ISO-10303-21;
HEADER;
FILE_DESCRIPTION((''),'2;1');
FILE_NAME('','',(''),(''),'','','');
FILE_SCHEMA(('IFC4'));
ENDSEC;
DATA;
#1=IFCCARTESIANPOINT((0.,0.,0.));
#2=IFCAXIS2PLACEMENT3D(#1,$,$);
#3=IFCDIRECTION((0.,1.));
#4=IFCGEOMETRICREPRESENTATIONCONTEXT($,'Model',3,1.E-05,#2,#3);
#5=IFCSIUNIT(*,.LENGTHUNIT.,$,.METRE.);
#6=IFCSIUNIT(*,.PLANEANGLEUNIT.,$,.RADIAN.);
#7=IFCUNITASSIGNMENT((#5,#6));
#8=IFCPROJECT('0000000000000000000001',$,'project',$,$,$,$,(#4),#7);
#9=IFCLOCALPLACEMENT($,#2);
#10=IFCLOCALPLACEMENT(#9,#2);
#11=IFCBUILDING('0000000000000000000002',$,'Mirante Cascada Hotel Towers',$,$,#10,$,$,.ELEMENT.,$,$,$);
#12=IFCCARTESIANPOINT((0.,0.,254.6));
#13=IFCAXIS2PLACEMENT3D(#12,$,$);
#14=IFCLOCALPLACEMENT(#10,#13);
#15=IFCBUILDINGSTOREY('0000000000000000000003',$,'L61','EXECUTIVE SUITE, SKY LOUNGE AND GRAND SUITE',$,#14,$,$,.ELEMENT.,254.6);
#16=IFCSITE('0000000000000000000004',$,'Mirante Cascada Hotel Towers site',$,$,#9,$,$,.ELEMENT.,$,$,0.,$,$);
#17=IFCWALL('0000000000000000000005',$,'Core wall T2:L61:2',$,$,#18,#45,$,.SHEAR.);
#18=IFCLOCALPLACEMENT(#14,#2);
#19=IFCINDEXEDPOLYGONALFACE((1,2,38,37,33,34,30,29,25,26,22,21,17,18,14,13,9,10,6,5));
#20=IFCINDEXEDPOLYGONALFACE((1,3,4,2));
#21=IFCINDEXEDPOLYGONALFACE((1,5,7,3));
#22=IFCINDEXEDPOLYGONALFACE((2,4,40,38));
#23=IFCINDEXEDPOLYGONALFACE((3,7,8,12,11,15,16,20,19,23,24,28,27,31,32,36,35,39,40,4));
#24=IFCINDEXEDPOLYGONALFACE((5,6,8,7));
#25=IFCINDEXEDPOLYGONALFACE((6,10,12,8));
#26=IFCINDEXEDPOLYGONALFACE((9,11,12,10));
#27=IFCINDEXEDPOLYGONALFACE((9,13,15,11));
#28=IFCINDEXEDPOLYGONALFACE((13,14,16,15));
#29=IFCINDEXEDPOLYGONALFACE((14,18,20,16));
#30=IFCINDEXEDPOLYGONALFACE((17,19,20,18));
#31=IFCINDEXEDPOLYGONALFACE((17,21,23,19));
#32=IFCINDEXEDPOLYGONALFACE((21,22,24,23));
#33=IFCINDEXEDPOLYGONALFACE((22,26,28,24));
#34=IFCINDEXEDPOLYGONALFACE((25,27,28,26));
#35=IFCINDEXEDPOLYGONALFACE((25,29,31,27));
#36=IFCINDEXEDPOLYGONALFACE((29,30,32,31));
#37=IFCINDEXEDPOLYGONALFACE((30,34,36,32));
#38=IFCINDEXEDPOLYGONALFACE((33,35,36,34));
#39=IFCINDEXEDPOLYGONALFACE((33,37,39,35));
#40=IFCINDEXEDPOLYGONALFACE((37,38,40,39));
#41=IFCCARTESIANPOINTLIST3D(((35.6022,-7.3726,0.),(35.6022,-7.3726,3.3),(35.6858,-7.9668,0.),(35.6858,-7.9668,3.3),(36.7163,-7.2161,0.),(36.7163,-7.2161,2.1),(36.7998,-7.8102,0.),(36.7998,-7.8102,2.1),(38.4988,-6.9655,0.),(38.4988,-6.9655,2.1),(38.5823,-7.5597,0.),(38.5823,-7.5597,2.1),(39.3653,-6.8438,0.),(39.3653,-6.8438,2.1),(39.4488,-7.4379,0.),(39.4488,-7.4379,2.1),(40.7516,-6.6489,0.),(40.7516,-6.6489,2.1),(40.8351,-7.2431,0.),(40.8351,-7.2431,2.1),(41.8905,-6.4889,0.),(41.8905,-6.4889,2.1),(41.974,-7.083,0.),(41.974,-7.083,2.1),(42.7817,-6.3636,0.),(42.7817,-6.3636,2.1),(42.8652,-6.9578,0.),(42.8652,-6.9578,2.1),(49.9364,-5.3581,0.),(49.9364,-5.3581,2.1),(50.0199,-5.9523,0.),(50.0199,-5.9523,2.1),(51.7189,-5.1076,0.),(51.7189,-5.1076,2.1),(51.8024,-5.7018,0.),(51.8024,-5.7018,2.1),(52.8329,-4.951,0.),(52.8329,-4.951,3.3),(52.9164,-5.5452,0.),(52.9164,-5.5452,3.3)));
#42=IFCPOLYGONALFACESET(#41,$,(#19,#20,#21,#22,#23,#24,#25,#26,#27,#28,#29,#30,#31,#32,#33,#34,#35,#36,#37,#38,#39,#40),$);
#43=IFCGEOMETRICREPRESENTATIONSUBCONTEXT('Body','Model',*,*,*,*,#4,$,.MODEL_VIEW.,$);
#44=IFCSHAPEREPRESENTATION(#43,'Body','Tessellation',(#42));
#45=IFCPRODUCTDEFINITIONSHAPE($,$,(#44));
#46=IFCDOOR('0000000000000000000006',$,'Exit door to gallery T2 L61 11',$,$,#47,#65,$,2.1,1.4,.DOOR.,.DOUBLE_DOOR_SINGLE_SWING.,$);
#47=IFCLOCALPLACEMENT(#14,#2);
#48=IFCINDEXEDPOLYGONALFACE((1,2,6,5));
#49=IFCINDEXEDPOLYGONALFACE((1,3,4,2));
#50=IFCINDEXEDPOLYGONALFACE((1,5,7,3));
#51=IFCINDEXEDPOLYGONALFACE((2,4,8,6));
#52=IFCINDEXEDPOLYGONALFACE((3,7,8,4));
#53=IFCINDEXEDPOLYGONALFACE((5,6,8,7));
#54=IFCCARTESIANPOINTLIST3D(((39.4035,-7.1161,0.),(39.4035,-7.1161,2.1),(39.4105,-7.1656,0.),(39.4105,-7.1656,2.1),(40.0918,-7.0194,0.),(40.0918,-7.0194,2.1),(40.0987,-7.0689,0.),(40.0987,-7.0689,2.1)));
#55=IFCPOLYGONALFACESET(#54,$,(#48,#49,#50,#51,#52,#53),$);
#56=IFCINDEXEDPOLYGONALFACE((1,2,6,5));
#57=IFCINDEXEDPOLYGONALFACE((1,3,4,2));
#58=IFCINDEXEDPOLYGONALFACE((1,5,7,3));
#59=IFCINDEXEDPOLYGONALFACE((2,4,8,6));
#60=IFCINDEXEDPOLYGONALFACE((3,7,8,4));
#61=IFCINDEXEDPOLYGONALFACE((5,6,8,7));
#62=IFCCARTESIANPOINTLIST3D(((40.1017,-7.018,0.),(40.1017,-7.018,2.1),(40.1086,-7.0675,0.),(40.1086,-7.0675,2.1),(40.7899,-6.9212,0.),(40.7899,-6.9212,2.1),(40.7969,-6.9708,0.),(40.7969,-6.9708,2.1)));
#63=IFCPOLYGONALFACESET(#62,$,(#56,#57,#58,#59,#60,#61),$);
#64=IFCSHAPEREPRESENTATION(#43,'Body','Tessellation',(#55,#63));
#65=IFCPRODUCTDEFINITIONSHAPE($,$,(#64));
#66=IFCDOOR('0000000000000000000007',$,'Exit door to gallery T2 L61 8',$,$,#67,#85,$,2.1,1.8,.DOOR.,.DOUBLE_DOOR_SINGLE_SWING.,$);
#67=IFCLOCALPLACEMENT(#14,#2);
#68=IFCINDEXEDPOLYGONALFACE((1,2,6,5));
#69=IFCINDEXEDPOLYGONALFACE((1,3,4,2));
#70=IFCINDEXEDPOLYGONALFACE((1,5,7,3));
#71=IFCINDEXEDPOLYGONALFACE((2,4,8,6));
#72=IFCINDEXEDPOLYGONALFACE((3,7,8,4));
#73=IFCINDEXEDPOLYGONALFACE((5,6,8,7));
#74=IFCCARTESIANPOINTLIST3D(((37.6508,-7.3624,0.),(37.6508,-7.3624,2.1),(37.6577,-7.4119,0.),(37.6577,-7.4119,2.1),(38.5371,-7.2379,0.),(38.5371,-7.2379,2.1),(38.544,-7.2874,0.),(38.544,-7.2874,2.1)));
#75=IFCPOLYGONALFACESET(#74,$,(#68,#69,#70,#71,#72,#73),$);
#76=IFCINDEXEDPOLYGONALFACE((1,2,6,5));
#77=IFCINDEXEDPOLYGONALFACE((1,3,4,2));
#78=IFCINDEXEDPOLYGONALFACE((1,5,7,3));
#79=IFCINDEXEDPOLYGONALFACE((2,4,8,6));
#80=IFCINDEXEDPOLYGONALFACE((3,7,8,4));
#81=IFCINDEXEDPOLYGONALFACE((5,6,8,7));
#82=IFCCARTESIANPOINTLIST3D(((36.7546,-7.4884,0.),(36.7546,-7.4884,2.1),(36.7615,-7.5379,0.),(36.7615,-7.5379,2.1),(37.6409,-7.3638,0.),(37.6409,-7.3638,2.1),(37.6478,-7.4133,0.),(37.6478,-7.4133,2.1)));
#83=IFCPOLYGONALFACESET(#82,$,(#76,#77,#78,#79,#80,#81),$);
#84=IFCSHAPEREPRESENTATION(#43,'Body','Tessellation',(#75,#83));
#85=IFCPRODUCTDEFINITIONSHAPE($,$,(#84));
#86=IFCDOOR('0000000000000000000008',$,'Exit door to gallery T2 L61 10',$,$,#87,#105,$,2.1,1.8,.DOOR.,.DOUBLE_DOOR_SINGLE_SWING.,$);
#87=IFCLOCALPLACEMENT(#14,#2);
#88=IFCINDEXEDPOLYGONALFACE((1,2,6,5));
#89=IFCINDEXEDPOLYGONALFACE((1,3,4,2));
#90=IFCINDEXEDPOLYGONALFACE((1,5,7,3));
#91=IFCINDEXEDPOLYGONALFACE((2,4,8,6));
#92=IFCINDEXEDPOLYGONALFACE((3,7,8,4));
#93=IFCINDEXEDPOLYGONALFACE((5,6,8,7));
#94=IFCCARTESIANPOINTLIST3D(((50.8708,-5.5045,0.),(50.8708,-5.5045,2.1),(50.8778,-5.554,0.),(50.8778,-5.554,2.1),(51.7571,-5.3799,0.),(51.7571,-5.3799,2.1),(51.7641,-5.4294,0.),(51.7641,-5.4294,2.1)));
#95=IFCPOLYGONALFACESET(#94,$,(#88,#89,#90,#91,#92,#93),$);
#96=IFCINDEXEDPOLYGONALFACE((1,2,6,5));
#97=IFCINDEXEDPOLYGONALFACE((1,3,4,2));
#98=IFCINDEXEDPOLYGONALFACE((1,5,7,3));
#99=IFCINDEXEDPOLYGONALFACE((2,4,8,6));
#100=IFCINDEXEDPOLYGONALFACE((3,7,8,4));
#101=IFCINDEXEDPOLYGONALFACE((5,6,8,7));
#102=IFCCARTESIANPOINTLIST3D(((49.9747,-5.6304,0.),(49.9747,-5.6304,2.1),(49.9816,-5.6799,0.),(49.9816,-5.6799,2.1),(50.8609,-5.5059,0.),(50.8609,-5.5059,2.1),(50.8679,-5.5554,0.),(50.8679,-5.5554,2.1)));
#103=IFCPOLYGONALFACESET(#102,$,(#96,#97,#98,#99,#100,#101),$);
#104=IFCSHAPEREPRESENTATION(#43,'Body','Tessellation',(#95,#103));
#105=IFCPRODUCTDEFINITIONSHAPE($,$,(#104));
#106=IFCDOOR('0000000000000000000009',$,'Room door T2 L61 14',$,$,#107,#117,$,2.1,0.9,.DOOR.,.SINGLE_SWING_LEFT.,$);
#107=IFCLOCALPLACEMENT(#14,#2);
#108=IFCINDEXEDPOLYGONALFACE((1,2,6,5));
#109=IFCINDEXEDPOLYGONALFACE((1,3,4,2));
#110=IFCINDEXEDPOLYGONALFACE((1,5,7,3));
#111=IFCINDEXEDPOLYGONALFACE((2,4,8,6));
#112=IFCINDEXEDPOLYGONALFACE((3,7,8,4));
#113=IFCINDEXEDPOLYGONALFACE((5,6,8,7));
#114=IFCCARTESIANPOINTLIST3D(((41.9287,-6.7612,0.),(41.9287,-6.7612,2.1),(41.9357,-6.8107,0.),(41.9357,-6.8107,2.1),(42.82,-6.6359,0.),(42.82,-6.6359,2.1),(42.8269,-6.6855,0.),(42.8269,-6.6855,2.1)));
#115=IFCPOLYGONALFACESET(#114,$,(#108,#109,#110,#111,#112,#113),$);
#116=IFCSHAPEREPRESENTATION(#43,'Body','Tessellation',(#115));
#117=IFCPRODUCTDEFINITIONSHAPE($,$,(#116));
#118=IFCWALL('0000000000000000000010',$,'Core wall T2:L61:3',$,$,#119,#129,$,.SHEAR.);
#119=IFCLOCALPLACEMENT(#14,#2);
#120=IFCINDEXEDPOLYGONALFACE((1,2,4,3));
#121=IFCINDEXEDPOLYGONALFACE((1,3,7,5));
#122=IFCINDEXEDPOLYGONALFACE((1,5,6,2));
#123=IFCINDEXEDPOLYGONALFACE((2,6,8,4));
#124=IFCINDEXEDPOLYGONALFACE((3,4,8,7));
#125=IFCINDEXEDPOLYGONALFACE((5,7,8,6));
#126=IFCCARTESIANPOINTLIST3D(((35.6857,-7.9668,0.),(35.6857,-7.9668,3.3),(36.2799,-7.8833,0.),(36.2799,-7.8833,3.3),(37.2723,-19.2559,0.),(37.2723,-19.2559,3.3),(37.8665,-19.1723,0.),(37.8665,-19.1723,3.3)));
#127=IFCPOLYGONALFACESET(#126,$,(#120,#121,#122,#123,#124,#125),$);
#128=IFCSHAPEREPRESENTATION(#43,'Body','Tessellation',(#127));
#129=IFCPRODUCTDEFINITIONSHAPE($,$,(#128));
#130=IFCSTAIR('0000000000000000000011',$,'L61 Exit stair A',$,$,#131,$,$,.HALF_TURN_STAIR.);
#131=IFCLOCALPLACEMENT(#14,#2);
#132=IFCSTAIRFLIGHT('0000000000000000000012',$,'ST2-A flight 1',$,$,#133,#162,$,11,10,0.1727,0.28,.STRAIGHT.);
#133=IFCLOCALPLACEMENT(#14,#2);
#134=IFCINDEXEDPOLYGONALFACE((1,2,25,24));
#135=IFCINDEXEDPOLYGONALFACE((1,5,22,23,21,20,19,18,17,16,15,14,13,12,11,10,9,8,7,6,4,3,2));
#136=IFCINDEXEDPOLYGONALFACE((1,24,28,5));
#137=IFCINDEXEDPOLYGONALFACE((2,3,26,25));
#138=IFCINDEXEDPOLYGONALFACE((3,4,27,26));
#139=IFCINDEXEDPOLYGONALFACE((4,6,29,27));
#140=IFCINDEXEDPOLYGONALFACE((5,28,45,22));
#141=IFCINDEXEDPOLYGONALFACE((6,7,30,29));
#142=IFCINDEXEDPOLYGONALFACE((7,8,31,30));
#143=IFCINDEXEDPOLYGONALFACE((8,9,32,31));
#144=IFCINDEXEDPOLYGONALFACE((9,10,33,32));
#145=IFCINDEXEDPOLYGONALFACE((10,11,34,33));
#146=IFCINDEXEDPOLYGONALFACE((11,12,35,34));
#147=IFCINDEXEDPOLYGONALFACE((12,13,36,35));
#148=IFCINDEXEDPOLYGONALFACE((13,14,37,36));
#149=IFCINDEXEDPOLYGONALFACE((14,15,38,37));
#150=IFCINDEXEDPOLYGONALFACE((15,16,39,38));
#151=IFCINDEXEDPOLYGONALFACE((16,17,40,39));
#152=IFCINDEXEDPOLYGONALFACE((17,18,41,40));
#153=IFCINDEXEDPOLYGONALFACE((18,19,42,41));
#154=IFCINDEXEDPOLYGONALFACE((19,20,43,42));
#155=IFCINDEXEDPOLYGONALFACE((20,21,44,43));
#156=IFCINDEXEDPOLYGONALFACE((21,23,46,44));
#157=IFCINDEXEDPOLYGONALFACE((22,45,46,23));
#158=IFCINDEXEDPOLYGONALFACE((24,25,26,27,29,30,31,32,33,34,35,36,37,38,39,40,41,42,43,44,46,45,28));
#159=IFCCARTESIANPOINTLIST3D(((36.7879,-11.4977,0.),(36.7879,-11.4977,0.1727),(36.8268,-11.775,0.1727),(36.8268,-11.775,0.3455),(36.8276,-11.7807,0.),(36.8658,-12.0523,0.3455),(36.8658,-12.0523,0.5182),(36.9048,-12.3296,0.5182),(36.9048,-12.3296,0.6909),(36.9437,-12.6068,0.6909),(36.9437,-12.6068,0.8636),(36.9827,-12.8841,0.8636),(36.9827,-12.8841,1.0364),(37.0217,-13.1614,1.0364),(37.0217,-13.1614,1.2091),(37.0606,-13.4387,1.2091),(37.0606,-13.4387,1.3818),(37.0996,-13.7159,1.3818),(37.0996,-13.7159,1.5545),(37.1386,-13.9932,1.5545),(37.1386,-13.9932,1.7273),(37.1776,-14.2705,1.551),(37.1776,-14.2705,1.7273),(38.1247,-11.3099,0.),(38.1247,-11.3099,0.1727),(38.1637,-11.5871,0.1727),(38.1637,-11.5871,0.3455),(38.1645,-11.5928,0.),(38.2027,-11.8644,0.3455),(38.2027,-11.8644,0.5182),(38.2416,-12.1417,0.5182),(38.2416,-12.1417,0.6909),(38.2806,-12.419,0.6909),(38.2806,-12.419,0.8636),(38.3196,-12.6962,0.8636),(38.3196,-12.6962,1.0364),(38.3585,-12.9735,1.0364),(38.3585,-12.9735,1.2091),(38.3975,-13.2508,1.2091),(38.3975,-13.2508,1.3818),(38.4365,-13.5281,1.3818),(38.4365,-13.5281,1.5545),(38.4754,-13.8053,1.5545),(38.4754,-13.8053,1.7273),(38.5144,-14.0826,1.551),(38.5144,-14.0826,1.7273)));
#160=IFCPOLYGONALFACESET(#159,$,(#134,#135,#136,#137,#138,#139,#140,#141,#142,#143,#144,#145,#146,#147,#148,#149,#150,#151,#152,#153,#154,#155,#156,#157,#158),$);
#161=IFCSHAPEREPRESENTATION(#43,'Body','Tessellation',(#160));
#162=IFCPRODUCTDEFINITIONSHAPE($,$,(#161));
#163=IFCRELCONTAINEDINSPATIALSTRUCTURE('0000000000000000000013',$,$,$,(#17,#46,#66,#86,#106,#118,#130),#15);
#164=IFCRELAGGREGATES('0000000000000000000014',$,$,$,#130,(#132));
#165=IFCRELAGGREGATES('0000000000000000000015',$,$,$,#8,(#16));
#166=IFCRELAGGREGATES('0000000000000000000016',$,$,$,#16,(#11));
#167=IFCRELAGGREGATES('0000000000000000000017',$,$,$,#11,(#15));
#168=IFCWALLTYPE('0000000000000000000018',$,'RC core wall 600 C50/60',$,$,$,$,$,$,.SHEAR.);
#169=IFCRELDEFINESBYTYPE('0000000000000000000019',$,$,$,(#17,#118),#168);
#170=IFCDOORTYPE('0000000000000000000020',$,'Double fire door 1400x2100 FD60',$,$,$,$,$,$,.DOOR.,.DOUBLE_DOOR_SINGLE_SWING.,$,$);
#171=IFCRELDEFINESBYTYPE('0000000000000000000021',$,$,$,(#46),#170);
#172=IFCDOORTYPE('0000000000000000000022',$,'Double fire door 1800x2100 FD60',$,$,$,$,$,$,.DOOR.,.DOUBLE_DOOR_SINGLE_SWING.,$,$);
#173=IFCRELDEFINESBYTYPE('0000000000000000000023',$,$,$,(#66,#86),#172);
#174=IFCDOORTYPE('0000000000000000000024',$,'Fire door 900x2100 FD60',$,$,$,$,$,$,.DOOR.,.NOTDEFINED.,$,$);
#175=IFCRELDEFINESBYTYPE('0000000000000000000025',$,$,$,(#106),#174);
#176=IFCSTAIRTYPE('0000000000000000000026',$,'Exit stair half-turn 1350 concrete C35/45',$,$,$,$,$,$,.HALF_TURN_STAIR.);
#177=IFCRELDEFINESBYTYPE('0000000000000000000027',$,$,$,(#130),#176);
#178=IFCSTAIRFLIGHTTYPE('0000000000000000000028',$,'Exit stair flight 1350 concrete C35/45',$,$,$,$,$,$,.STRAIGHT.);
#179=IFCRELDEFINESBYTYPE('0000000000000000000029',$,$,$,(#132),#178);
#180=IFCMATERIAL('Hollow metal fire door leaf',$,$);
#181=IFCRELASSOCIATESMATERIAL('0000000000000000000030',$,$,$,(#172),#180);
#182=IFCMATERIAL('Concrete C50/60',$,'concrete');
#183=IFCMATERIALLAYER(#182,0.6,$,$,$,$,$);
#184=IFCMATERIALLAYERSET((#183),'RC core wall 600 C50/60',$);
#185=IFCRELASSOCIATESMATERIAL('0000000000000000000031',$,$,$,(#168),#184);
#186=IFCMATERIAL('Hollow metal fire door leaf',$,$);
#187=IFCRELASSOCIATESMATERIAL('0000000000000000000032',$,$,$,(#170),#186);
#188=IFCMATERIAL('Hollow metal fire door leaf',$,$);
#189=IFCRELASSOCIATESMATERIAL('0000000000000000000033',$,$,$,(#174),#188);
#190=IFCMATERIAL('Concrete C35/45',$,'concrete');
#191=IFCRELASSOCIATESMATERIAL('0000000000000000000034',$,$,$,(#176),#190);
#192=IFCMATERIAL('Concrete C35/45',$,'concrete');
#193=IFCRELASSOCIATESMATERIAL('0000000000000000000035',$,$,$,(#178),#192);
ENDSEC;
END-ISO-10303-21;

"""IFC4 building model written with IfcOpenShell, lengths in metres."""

from ifc_helpers import new_model, si_unit, direction, frame, frame_2d, origin, place, context, subcontext, project, spatial, polyline, rectangle, outline, extrude, material, layer, layer_set, type_object, element, fill, aggregate, save


model = new_model("IFC4")

# Units and contexts
model_context = context("Model", 3, precision=1e-05, world=origin(), true_north=direction((0.0, 1.0)))
body_context = subcontext(model_context, "Body", "Model", "MODEL_VIEW")
ifc_project = project(units=[si_unit("LENGTHUNIT", "METRE"), si_unit("PLANEANGLEUNIT", "RADIAN")], contexts=[model_context])

# Site, building, storey
site_placement = place(None, origin())
site = spatial("IfcSite", under=ifc_project, at=site_placement, Name="Mirante Cascada Hotel Towers site", CompositionType="ELEMENT", RefElevation=0.0)
building_placement = place(site_placement, origin())
building = spatial("IfcBuilding", under=site, at=building_placement, Name="Mirante Cascada Hotel Towers", CompositionType="ELEMENT")
storey_placement = place(building_placement, frame((0.0, 0.0, 254.6)))
storey = spatial("IfcBuildingStorey", under=building, at=storey_placement, Name="L61", Description="EXECUTIVE SUITE, SKY LOUNGE AND GRAND SUITE", CompositionType="ELEMENT", Elevation=254.6)

# Shared definitions
ifc_material_1 = material(Name="Hollow metal fire door leaf")
door_type_1 = type_object("IfcDoorType", Name="Double fire door 1800x2100 FD60", OperationType="DOUBLE_DOOR_SINGLE_SWING", PredefinedType="DOOR", material=ifc_material_1)

# Shared definitions
ifc_material_2 = material(Name="Concrete C50/60", Category="concrete")
ifc_layer_1 = layer(ifc_material_2, 0.6)
ifc_layer_set_1 = layer_set([ifc_layer_1], Name="RC core wall 600 C50/60")
wall_type_1 = type_object("IfcWallType", Name="RC core wall 600 C50/60", PredefinedType="SHEAR", material=ifc_layer_set_1)

# Wall, openings, doors
wall_1_placement = place(storey_placement, frame((35.644, -7.6697, 0.0), z_axis=(0.0, 0.0, 1.0), x_axis=(0.990268, 0.139172, 0.0)))
wall_1 = element("IfcWall", 1, at=wall_1_placement, inside=storey, type_object=wall_type_1, Name="Core wall T2:L61:2", PredefinedType="SHEAR", context=body_context, shape_type="SweptSolid", body=[
    extrude(rectangle(XDim=17.4, YDim=0.6, at=frame_2d((8.7, 0.0))), origin(), (0.0, 0.0, 1.0), 3.3),
])
opening_1_placement = place(wall_1_placement, frame((1.125, 0.0, 0.0)))
opening_1 = element("IfcOpeningElement", 2, at=opening_1_placement, cuts=wall_1, PredefinedType="OPENING", context=body_context, shape_type="SweptSolid", body=[
    extrude(rectangle(XDim=1.8, YDim=2.1, at=frame_2d((0.9, 1.05))), frame((0.0, 0.3, 0.0), z_axis=(0.0, -1.0, 0.0), x_axis=(1.0, 0.0, 0.0)), (0.0, 0.0, 1.0), 0.6),
])
opening_2_placement = place(wall_1_placement, frame((14.475, 0.0, 0.0)))
opening_2 = element("IfcOpeningElement", 3, at=opening_2_placement, cuts=wall_1, PredefinedType="OPENING", context=body_context, shape_type="SweptSolid", body=[
    extrude(rectangle(XDim=1.8, YDim=2.1, at=frame_2d((0.9, 1.05))), frame((0.0, 0.3, 0.0), z_axis=(0.0, -1.0, 0.0), x_axis=(1.0, 0.0, 0.0)), (0.0, 0.0, 1.0), 0.6),
])
opening_3_placement = place(wall_1_placement, frame((3.8, 0.0, 0.0)))
opening_3 = element("IfcOpeningElement", 4, at=opening_3_placement, cuts=wall_1, PredefinedType="OPENING", context=body_context, shape_type="SweptSolid", body=[
    extrude(rectangle(XDim=1.4, YDim=2.1, at=frame_2d((0.7, 1.05))), frame((0.0, 0.3, 0.0), z_axis=(0.0, -1.0, 0.0), x_axis=(1.0, 0.0, 0.0)), (0.0, 0.0, 1.0), 0.6),
])
opening_4_placement = place(wall_1_placement, frame((6.35, 0.0, 0.0)))
opening_4 = element("IfcOpeningElement", 5, at=opening_4_placement, cuts=wall_1, PredefinedType="OPENING", context=body_context, shape_type="SweptSolid", body=[
    extrude(rectangle(XDim=0.9, YDim=2.1, at=frame_2d((0.45, 1.05))), frame((0.0, 0.3, 0.0), z_axis=(0.0, -1.0, 0.0), x_axis=(1.0, 0.0, 0.0)), (0.0, 0.0, 1.0), 0.6),
])
ifc_material_3 = material(Name="Hollow metal fire door leaf")
door_type_2 = type_object("IfcDoorType", Name="Double fire door 1400x2100 FD60", OperationType="DOUBLE_DOOR_SINGLE_SWING", PredefinedType="DOOR", material=ifc_material_3)
door_1_placement = place(opening_3_placement, origin())
door_1 = element("IfcDoor", 6, at=door_1_placement, inside=storey, type_object=door_type_2, Name="Exit door to gallery T2 L61 11", OperationType="DOUBLE_DOOR_SINGLE_SWING", OverallHeight=2.1, OverallWidth=1.4, PredefinedType="DOOR", context=body_context, shape_type="SweptSolid", body=[
    extrude(rectangle(XDim=0.695, YDim=2.1, at=frame_2d((0.3475, 1.05))), frame((0.0, 0.025, 0.0), z_axis=(0.0, -1.0, 0.0), x_axis=(1.0, 0.0, 0.0)), (0.0, 0.0, 1.0), 0.05),
    extrude(rectangle(XDim=0.695, YDim=2.1, at=frame_2d((1.0525, 1.05))), frame((0.0, 0.025, 0.0), z_axis=(0.0, -1.0, 0.0), x_axis=(1.0, 0.0, 0.0)), (0.0, 0.0, 1.0), 0.05),
])
fill(opening_3, door_1)
door_2_placement = place(opening_1_placement, frame((1.8, 0.0, 0.0), z_axis=(0.0, 0.0, 1.0), x_axis=(-1.0, 0.0, 0.0)))
door_2 = element("IfcDoor", 7, at=door_2_placement, inside=storey, type_object=door_type_1, Name="Exit door to gallery T2 L61 8", OperationType="DOUBLE_DOOR_SINGLE_SWING", OverallHeight=2.1, OverallWidth=1.8, PredefinedType="DOOR", context=body_context, shape_type="SweptSolid", body=[
    extrude(rectangle(XDim=0.895, YDim=2.1, at=frame_2d((0.4475, 1.05))), frame((0.0, 0.025, 0.0), z_axis=(0.0, -1.0, 0.0), x_axis=(1.0, 0.0, 0.0)), (0.0, 0.0, 1.0), 0.05),
    extrude(rectangle(XDim=0.895, YDim=2.1, at=frame_2d((1.3525, 1.05))), frame((0.0, 0.025, 0.0), z_axis=(0.0, -1.0, 0.0), x_axis=(1.0, 0.0, 0.0)), (0.0, 0.0, 1.0), 0.05),
])
fill(opening_1, door_2)
door_3_placement = place(opening_2_placement, frame((1.8, 0.0, 0.0), z_axis=(0.0, 0.0, 1.0), x_axis=(-1.0, 0.0, 0.0)))
door_3 = element("IfcDoor", 8, at=door_3_placement, inside=storey, type_object=door_type_1, Name="Exit door to gallery T2 L61 10", OperationType="DOUBLE_DOOR_SINGLE_SWING", OverallHeight=2.1, OverallWidth=1.8, PredefinedType="DOOR", context=body_context, shape_type="SweptSolid", body=[
    extrude(rectangle(XDim=0.895, YDim=2.1, at=frame_2d((0.4475, 1.05))), frame((0.0, 0.025, 0.0), z_axis=(0.0, -1.0, 0.0), x_axis=(1.0, 0.0, 0.0)), (0.0, 0.0, 1.0), 0.05),
    extrude(rectangle(XDim=0.895, YDim=2.1, at=frame_2d((1.3525, 1.05))), frame((0.0, 0.025, 0.0), z_axis=(0.0, -1.0, 0.0), x_axis=(1.0, 0.0, 0.0)), (0.0, 0.0, 1.0), 0.05),
])
fill(opening_2, door_3)
ifc_material_4 = material(Name="Hollow metal fire door leaf")
door_type_3 = type_object("IfcDoorType", Name="Fire door 900x2100 FD60", OperationType="NOTDEFINED", PredefinedType="DOOR", material=ifc_material_4)
door_4_placement = place(opening_4_placement, frame((0.9, 0.0, 0.0), z_axis=(0.0, 0.0, 1.0), x_axis=(-1.0, 0.0, 0.0)))
door_4 = element("IfcDoor", 9, at=door_4_placement, inside=storey, type_object=door_type_3, Name="Room door T2 L61 14", OperationType="SINGLE_SWING_LEFT", OverallHeight=2.1, OverallWidth=0.9, PredefinedType="DOOR", context=body_context, shape_type="SweptSolid", body=[
    extrude(rectangle(XDim=0.9, YDim=2.1, at=frame_2d((0.45, 1.05))), frame((0.0, 0.025, 0.0), z_axis=(0.0, -1.0, 0.0), x_axis=(1.0, 0.0, 0.0)), (0.0, 0.0, 1.0), 0.05),
])
fill(opening_4, door_4)

# Wall
wall_2_placement = place(storey_placement, frame((37.5694, -19.2141, 0.0), z_axis=(0.0, 0.0, 1.0), x_axis=(-0.139175, 0.990268, 0.0)))
element("IfcWall", 10, at=wall_2_placement, inside=storey, type_object=wall_type_1, Name="Core wall T2:L61:3", PredefinedType="SHEAR", context=body_context, shape_type="SweptSolid", body=[
    extrude(rectangle(XDim=11.4, YDim=0.6, at=frame_2d((5.7, 0.0))), origin(), (0.0, 0.0, 1.0), 3.3),
])

# Stair, stair flight
ifc_material_5 = material(Name="Concrete C35/45", Category="concrete")
stair_type = type_object("IfcStairType", Name="Exit stair half-turn 1350 concrete C35/45", PredefinedType="HALF_TURN_STAIR", material=ifc_material_5)
stair_placement = place(storey_placement, origin())
stair = element("IfcStair", 11, at=stair_placement, inside=storey, type_object=stair_type, Name="L61 Exit stair A", PredefinedType="HALF_TURN_STAIR")
ifc_material_6 = material(Name="Concrete C35/45", Category="concrete")
stair_flight_type = type_object("IfcStairFlightType", Name="Exit stair flight 1350 concrete C35/45", PredefinedType="STRAIGHT", material=ifc_material_6)
stair_flight_placement = place(storey_placement, frame((37.4563, -11.4038, 0.0), z_axis=(0.0, 0.0, 1.0), x_axis=(0.139173, -0.990268, 0.0)))
stair_flight = element("IfcStairFlight", 12, at=stair_flight_placement, type_object=stair_flight_type, Name="ST2-A flight 1", NumberOfRisers=11, NumberOfTreads=10, PredefinedType="STRAIGHT", RiserHeight=0.1727, TreadLength=0.28, context=body_context, shape_type="SweptSolid", body=[
    extrude(outline(polyline([(0.0, 0.0), (0.0, 0.1727), (0.28, 0.1727), (0.28, 0.3455), (0.56, 0.3455), (0.56, 0.5182), (0.84, 0.5182), (0.84, 0.6909), (1.12, 0.6909), (1.12, 0.8636), (1.4, 0.8636), (1.4, 1.0364), (1.68, 1.0364), (1.68, 1.2091), (1.96, 1.2091), (1.96, 1.3818), (2.24, 1.3818), (2.24, 1.5545), (2.52, 1.5545), (2.52, 1.7273), (2.8, 1.7273), (2.8, 1.9), (2.8, 1.551), (0.2857, 0.0), (0.0, 0.0)])), frame((0.0, 0.675, 0.0), z_axis=(0.0, -1.0, 0.0), x_axis=(1.0, 0.0, 0.0)), (0.0, 0.0, 1.0), 1.35),
])
aggregate(stair, [stair_flight])

save(model, "model.ifc")
